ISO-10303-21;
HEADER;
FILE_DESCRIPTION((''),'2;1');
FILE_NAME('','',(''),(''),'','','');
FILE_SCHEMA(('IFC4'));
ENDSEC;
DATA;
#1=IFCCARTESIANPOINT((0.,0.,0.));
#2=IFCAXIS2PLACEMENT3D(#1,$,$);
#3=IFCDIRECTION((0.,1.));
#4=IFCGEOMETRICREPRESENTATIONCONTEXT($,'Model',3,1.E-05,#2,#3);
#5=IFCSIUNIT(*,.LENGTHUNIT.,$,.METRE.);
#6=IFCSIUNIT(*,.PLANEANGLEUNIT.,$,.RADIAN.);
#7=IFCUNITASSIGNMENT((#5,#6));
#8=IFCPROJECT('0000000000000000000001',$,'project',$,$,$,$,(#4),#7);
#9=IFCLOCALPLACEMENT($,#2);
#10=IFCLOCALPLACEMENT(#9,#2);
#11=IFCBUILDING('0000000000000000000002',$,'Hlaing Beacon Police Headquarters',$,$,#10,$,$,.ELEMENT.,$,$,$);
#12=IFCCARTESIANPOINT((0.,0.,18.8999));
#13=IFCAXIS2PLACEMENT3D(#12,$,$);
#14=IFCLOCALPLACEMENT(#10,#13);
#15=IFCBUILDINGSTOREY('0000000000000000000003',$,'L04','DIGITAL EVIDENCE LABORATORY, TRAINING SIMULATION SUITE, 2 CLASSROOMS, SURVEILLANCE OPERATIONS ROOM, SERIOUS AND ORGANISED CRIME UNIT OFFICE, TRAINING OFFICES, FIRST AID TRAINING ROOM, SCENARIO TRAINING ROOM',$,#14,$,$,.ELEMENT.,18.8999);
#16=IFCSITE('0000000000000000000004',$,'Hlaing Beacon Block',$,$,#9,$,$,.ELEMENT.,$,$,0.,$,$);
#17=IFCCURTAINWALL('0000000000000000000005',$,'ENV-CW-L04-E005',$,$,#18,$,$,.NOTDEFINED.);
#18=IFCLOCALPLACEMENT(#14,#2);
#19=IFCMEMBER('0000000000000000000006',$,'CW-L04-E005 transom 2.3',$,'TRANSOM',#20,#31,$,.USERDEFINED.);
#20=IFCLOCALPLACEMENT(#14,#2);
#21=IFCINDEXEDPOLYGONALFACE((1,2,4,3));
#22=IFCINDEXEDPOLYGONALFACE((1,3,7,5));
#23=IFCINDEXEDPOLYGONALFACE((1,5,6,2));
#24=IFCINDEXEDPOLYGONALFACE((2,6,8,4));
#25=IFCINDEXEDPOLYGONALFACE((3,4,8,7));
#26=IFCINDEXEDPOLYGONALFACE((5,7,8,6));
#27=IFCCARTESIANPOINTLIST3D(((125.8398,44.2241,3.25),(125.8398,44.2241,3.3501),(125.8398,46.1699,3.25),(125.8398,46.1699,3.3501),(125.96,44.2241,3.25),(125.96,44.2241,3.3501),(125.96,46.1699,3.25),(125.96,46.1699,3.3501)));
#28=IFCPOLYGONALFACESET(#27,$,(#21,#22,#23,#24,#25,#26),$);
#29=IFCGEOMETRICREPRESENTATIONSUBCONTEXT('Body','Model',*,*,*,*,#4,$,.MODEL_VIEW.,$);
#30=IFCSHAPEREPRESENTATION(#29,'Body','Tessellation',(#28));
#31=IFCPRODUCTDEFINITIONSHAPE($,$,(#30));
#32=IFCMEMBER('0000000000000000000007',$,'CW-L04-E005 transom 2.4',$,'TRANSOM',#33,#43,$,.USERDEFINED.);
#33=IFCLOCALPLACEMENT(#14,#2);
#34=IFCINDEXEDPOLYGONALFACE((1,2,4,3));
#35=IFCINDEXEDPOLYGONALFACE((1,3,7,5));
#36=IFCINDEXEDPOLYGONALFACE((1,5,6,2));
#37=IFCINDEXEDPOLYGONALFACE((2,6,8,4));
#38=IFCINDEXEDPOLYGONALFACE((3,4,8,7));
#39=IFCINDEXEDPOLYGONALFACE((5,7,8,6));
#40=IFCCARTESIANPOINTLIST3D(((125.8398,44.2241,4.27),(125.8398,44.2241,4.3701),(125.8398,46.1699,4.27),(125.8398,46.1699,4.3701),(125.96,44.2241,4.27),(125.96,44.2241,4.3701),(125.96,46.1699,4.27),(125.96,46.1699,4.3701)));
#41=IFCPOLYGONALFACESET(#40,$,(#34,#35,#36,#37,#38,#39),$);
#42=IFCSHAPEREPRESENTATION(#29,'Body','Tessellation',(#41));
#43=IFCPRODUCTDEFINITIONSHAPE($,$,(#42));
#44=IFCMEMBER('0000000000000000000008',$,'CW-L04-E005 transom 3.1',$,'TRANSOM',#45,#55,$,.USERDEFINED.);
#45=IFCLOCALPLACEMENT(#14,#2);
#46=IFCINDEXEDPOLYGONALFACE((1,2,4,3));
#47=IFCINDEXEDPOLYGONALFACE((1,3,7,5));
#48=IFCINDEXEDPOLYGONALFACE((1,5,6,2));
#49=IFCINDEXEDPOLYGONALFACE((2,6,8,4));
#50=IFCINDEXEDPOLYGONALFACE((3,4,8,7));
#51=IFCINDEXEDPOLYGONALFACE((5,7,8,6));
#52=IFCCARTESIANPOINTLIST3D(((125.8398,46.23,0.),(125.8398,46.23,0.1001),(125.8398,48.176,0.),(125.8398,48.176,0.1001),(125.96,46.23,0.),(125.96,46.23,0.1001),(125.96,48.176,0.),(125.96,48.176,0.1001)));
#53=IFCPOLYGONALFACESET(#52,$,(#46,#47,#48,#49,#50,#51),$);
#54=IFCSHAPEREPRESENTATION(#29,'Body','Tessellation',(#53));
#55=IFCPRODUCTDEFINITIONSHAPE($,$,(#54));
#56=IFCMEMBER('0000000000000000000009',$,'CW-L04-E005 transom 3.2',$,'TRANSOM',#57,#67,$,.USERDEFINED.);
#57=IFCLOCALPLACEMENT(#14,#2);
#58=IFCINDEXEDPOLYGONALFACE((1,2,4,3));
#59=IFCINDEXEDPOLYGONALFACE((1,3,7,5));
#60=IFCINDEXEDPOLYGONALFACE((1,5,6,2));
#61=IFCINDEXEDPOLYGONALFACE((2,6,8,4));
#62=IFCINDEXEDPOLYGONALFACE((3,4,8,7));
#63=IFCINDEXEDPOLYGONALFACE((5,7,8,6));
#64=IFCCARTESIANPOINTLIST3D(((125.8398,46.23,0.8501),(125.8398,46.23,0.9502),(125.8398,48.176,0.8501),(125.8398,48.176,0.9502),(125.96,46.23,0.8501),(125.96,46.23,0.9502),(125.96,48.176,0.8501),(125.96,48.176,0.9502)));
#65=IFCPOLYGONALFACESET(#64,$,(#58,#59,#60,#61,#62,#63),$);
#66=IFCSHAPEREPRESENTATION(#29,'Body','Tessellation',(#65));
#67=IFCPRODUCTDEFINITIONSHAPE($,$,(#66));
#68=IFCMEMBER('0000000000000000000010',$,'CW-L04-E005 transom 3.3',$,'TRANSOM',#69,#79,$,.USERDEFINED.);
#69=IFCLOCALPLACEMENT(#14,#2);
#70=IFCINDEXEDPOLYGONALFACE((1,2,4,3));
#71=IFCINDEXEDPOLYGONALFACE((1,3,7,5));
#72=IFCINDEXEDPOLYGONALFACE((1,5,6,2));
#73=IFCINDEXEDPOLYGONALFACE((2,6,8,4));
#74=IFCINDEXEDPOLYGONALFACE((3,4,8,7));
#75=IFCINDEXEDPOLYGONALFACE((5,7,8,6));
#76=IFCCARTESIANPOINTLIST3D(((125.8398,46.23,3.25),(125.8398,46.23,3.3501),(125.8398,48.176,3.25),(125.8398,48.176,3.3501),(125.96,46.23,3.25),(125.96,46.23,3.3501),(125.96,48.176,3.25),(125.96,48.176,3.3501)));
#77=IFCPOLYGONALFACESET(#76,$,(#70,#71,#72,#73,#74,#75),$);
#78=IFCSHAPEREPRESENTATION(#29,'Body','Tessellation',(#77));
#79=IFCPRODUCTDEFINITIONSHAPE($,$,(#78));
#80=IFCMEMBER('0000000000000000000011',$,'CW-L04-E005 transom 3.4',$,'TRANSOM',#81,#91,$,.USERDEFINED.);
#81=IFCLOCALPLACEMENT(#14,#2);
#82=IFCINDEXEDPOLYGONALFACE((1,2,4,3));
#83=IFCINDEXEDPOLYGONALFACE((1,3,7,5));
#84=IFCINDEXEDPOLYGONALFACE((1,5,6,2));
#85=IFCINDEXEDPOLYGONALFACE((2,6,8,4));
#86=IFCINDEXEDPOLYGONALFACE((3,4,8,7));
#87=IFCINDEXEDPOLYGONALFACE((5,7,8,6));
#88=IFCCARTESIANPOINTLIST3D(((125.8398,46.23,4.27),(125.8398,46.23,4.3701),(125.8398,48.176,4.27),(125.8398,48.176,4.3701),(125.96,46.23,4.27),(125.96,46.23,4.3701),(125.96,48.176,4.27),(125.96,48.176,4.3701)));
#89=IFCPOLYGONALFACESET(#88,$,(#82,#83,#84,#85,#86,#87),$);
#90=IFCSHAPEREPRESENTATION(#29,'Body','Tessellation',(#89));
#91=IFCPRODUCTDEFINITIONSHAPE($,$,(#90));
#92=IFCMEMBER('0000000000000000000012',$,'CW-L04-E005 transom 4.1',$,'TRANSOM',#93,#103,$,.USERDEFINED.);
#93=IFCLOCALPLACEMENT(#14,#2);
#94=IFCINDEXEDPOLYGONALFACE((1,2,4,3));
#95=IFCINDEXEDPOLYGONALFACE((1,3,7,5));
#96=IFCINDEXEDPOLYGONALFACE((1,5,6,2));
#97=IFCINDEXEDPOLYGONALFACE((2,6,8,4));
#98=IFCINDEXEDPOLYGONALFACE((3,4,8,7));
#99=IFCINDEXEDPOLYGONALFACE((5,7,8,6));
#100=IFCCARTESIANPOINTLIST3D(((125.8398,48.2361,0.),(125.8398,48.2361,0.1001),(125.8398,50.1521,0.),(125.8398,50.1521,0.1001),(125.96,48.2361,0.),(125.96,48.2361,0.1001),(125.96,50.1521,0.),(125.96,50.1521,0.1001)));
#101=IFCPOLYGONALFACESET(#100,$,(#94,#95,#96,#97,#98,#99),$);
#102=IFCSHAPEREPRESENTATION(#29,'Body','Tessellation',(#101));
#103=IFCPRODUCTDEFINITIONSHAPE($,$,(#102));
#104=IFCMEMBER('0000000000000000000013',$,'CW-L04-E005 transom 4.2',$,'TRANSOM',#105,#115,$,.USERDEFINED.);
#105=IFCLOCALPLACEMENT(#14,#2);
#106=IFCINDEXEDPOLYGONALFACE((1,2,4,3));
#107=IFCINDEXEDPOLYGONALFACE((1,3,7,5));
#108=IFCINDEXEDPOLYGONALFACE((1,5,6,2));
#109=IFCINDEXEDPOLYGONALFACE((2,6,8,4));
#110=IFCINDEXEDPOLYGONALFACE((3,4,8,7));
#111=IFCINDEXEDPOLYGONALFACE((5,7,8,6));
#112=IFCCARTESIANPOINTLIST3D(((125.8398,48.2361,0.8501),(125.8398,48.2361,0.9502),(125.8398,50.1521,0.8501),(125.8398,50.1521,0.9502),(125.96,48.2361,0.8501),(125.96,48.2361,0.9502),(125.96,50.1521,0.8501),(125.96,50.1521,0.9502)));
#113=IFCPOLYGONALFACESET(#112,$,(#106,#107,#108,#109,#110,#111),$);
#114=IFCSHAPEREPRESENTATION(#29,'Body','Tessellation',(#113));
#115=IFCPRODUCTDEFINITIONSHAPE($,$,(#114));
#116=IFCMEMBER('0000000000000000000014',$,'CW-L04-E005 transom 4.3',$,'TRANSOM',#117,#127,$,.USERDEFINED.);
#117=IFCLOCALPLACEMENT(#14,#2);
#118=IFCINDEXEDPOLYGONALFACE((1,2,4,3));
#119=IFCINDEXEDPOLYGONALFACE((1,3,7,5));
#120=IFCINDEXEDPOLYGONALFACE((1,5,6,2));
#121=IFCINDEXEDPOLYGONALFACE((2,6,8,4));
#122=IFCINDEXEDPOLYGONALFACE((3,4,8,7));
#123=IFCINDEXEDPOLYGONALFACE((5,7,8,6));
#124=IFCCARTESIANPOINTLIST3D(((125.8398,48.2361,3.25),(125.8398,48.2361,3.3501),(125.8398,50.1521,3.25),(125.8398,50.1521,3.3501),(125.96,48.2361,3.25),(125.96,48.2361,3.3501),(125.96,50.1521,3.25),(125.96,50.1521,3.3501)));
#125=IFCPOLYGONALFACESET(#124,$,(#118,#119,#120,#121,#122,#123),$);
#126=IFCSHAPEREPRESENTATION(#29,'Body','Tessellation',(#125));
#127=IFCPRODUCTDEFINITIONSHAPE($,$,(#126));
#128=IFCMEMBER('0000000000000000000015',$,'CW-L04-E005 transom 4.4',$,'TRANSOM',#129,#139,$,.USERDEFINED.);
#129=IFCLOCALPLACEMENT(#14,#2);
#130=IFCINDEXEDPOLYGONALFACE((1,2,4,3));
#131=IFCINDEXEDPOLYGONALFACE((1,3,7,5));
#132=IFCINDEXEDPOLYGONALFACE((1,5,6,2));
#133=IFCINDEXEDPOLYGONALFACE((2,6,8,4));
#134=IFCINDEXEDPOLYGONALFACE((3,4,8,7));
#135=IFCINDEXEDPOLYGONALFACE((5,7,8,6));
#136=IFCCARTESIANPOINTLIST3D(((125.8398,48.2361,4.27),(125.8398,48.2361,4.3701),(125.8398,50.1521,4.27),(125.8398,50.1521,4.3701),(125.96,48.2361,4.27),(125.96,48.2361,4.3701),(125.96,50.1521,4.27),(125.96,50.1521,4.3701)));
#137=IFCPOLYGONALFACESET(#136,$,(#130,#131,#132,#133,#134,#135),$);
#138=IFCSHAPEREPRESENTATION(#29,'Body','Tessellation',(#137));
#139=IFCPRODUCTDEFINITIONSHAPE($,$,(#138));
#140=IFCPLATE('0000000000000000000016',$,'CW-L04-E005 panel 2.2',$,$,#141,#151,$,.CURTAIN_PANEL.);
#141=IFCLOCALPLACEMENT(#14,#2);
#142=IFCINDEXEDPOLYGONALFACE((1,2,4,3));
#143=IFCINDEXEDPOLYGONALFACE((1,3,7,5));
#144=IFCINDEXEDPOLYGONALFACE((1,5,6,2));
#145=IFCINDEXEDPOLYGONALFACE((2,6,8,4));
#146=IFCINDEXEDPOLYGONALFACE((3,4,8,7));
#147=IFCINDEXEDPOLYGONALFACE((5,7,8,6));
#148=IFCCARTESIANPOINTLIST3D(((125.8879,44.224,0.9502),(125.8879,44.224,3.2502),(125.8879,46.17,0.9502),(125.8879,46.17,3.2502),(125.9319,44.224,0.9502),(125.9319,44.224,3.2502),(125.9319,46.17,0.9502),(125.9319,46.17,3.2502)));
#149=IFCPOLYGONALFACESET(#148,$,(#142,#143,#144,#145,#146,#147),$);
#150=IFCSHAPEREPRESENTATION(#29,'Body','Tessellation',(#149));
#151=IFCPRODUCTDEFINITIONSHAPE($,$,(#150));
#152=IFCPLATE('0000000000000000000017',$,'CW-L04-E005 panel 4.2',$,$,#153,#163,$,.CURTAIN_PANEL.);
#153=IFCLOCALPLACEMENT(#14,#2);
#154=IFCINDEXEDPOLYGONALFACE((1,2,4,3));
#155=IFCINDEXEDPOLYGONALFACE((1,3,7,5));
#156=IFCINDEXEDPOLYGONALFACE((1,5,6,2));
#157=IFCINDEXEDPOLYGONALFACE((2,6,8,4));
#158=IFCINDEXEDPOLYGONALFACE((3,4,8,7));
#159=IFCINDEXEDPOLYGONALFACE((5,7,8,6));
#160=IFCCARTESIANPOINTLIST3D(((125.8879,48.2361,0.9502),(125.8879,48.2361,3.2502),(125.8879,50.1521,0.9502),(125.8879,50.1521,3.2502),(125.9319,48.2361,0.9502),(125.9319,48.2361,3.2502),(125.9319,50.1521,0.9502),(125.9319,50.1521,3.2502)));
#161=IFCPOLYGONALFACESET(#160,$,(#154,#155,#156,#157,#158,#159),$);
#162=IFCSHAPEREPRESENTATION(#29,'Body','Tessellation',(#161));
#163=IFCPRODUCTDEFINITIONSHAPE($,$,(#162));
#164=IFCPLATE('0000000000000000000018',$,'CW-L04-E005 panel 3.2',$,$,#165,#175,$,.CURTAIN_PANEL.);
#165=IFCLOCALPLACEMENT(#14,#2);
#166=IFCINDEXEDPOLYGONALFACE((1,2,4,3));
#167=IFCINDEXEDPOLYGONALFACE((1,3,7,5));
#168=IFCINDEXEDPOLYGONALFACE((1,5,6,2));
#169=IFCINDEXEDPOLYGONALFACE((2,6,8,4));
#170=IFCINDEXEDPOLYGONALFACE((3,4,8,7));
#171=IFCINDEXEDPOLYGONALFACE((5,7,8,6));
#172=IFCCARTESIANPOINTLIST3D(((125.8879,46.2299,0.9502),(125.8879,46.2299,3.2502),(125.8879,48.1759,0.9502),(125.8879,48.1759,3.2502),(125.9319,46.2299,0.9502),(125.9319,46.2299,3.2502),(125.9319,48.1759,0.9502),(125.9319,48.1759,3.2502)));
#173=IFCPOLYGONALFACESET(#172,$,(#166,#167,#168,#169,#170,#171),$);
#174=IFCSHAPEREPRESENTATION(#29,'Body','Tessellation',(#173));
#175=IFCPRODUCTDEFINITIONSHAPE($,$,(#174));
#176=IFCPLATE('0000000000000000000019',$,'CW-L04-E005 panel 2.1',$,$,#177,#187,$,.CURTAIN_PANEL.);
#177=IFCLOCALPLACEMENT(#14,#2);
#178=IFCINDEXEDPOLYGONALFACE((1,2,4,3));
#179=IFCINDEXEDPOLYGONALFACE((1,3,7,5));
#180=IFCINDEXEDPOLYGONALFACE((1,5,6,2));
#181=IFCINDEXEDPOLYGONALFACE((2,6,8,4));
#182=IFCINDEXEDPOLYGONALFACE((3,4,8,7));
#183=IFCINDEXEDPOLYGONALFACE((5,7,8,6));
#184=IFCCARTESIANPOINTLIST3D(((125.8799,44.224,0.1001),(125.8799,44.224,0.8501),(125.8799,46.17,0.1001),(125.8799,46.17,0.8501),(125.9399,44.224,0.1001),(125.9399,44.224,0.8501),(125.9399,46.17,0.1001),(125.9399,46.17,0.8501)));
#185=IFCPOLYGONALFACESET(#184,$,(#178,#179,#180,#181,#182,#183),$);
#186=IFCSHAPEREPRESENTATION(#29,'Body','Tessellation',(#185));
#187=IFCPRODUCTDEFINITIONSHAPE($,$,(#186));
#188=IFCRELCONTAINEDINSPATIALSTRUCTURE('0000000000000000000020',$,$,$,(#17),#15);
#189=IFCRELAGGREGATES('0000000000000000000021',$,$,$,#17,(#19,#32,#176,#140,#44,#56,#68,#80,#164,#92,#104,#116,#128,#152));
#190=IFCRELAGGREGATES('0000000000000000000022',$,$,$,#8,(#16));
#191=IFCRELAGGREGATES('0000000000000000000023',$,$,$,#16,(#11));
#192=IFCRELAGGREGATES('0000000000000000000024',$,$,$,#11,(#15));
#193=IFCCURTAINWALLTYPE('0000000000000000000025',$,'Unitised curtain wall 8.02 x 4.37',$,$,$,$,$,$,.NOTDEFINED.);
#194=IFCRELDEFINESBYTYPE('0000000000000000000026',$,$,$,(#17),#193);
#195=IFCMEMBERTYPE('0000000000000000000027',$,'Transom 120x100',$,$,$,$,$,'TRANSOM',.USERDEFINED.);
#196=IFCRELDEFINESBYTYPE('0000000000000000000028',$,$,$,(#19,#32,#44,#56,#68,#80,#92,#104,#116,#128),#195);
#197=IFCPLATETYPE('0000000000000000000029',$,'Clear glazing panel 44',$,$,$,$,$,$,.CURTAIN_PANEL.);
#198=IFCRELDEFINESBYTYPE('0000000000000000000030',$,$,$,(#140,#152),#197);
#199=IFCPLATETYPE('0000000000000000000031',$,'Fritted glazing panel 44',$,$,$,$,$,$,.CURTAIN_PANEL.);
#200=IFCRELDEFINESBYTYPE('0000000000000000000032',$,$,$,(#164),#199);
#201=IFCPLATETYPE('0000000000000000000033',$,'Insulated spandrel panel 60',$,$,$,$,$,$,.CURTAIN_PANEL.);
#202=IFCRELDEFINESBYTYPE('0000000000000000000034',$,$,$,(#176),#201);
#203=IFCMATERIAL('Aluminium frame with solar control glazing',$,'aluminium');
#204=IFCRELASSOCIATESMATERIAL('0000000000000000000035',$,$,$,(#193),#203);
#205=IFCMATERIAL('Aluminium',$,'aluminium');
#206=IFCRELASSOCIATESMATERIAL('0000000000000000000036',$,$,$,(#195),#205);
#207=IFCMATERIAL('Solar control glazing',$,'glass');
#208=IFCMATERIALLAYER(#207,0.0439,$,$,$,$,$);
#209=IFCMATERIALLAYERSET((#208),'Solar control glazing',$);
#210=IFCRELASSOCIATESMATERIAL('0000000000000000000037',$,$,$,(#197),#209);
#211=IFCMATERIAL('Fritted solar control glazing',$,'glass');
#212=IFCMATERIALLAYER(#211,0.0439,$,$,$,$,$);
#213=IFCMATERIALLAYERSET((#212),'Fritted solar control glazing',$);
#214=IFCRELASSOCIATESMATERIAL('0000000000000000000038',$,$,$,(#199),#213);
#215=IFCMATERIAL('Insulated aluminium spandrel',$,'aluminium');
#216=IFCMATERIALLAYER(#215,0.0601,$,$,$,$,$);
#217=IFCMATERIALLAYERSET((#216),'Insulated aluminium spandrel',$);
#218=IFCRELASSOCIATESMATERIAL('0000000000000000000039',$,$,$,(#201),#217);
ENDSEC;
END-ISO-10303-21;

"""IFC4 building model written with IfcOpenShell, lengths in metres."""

from ifc_helpers import new_model, si_unit, direction, frame, origin, origin_2d, place, context, subcontext, project, spatial, rectangle, extrude, material, layer, layer_set, material_profile, profile_set, type_object, element, aggregate, save


model = new_model("IFC4")

# Units and contexts
model_context = context("Model", 3, precision=1e-05, world=origin(), true_north=direction((0.0, 1.0)))
body_context = subcontext(model_context, "Body", "Model", "MODEL_VIEW")
ifc_project = project(units=[si_unit("LENGTHUNIT", "METRE"), si_unit("PLANEANGLEUNIT", "RADIAN")], contexts=[model_context])

# Site, building, storey
site_placement = place(None, origin())
site = spatial("IfcSite", under=ifc_project, at=site_placement, Name="Hlaing Beacon Block", CompositionType="ELEMENT", RefElevation=0.0)
building_placement = place(site_placement, origin())
building = spatial("IfcBuilding", under=site, at=building_placement, Name="Hlaing Beacon Police Headquarters", CompositionType="ELEMENT")
storey_placement = place(building_placement, frame((0.0, 0.0, 18.8999)))
storey = spatial("IfcBuildingStorey", under=building, at=storey_placement, Name="L04", Description="DIGITAL EVIDENCE LABORATORY, TRAINING SIMULATION SUITE, 2 CLASSROOMS, SURVEILLANCE OPERATIONS ROOM, SERIOUS AND ORGANISED CRIME UNIT OFFICE, TRAINING OFFICES, FIRST AID TRAINING ROOM, SCENARIO TRAINING ROOM", CompositionType="ELEMENT", Elevation=18.8999)

# Curtain wall, members, plates
ifc_material_1 = material(Name="Aluminium frame with solar control glazing", Category="aluminium")
curtain_wall_type = type_object("IfcCurtainWallType", Name="Unitised curtain wall 8.02 x 4.37", PredefinedType="NOTDEFINED", material=ifc_material_1)
curtain_wall_placement = place(storey_placement, origin())
curtain_wall = element("IfcCurtainWall", 1, at=curtain_wall_placement, inside=storey, type_object=curtain_wall_type, Name="ENV-CW-L04-E005", PredefinedType="NOTDEFINED")
ifc_material_2 = material(Name="Aluminium", Category="aluminium")
ifc_material_profile_1 = material_profile(ifc_material_2, rectangle(XDim=0.1201, YDim=0.1001, at=origin_2d()), Name="Transom 120x100")
ifc_profile_set_1 = profile_set([ifc_material_profile_1], Name="Aluminium")
member_type_1 = type_object("IfcMemberType", Name="Transom 120x100", ElementType="TRANSOM", PredefinedType="USERDEFINED", material=ifc_profile_set_1)
member_1_placement = place(storey_placement, frame((125.8999, 44.2241, 3.3), z_axis=(0.0, 1.0, 0.0), x_axis=(-1.0, 0.0, 0.0)))
member_1 = element("IfcMember", 2, at=member_1_placement, type_object=member_type_1, Name="CW-L04-E005 transom 2.3", ObjectType="TRANSOM", PredefinedType="USERDEFINED", context=body_context, shape_type="SweptSolid", body=[
    extrude(rectangle(XDim=0.1201, YDim=0.1001, at=origin_2d()), origin(), (0.0, 0.0, 1.0), 1.9458),
])
member_2_placement = place(storey_placement, frame((125.8999, 44.2241, 4.3201), z_axis=(0.0, 1.0, 0.0), x_axis=(-1.0, 0.0, 0.0)))
member_2 = element("IfcMember", 3, at=member_2_placement, type_object=member_type_1, Name="CW-L04-E005 transom 2.4", ObjectType="TRANSOM", PredefinedType="USERDEFINED", context=body_context, shape_type="SweptSolid", body=[
    extrude(rectangle(XDim=0.1201, YDim=0.1001, at=origin_2d()), origin(), (0.0, 0.0, 1.0), 1.9458),
])
member_3_placement = place(storey_placement, frame((125.8999, 46.23, 0.05), z_axis=(0.0, 1.0, 0.0), x_axis=(-1.0, 0.0, 0.0)))
member_3 = element("IfcMember", 4, at=member_3_placement, type_object=member_type_1, Name="CW-L04-E005 transom 3.1", ObjectType="TRANSOM", PredefinedType="USERDEFINED", context=body_context, shape_type="SweptSolid", body=[
    extrude(rectangle(XDim=0.1201, YDim=0.1001, at=origin_2d()), origin(), (0.0, 0.0, 1.0), 1.946),
])
member_4_placement = place(storey_placement, frame((125.8999, 46.23, 0.9001), z_axis=(0.0, 1.0, 0.0), x_axis=(-1.0, 0.0, 0.0)))
member_4 = element("IfcMember", 5, at=member_4_placement, type_object=member_type_1, Name="CW-L04-E005 transom 3.2", ObjectType="TRANSOM", PredefinedType="USERDEFINED", context=body_context, shape_type="SweptSolid", body=[
    extrude(rectangle(XDim=0.1201, YDim=0.1001, at=origin_2d()), origin(), (0.0, 0.0, 1.0), 1.946),
])
member_5_placement = place(storey_placement, frame((125.8999, 46.23, 3.3), z_axis=(0.0, 1.0, 0.0), x_axis=(-1.0, 0.0, 0.0)))
member_5 = element("IfcMember", 6, at=member_5_placement, type_object=member_type_1, Name="CW-L04-E005 transom 3.3", ObjectType="TRANSOM", PredefinedType="USERDEFINED", context=body_context, shape_type="SweptSolid", body=[
    extrude(rectangle(XDim=0.1201, YDim=0.1001, at=origin_2d()), origin(), (0.0, 0.0, 1.0), 1.946),
])
member_6_placement = place(storey_placement, frame((125.8999, 46.23, 4.3201), z_axis=(0.0, 1.0, 0.0), x_axis=(-1.0, 0.0, 0.0)))
member_6 = element("IfcMember", 7, at=member_6_placement, type_object=member_type_1, Name="CW-L04-E005 transom 3.4", ObjectType="TRANSOM", PredefinedType="USERDEFINED", context=body_context, shape_type="SweptSolid", body=[
    extrude(rectangle(XDim=0.1201, YDim=0.1001, at=origin_2d()), origin(), (0.0, 0.0, 1.0), 1.946),
])
member_7_placement = place(storey_placement, frame((125.8999, 48.2361, 0.05), z_axis=(0.0, 1.0, 0.0), x_axis=(-1.0, 0.0, 0.0)))
member_7 = element("IfcMember", 8, at=member_7_placement, type_object=member_type_1, Name="CW-L04-E005 transom 4.1", ObjectType="TRANSOM", PredefinedType="USERDEFINED", context=body_context, shape_type="SweptSolid", body=[
    extrude(rectangle(XDim=0.1201, YDim=0.1001, at=origin_2d()), origin(), (0.0, 0.0, 1.0), 1.916),
])
member_8_placement = place(storey_placement, frame((125.8999, 48.2361, 0.9001), z_axis=(0.0, 1.0, 0.0), x_axis=(-1.0, 0.0, 0.0)))
member_8 = element("IfcMember", 9, at=member_8_placement, type_object=member_type_1, Name="CW-L04-E005 transom 4.2", ObjectType="TRANSOM", PredefinedType="USERDEFINED", context=body_context, shape_type="SweptSolid", body=[
    extrude(rectangle(XDim=0.1201, YDim=0.1001, at=origin_2d()), origin(), (0.0, 0.0, 1.0), 1.916),
])
member_9_placement = place(storey_placement, frame((125.8999, 48.2361, 3.3), z_axis=(0.0, 1.0, 0.0), x_axis=(-1.0, 0.0, 0.0)))
member_9 = element("IfcMember", 10, at=member_9_placement, type_object=member_type_1, Name="CW-L04-E005 transom 4.3", ObjectType="TRANSOM", PredefinedType="USERDEFINED", context=body_context, shape_type="SweptSolid", body=[
    extrude(rectangle(XDim=0.1201, YDim=0.1001, at=origin_2d()), origin(), (0.0, 0.0, 1.0), 1.916),
])
member_10_placement = place(storey_placement, frame((125.8999, 48.2361, 4.3201), z_axis=(0.0, 1.0, 0.0), x_axis=(-1.0, 0.0, 0.0)))
member_10 = element("IfcMember", 11, at=member_10_placement, type_object=member_type_1, Name="CW-L04-E005 transom 4.4", ObjectType="TRANSOM", PredefinedType="USERDEFINED", context=body_context, shape_type="SweptSolid", body=[
    extrude(rectangle(XDim=0.1201, YDim=0.1001, at=origin_2d()), origin(), (0.0, 0.0, 1.0), 1.916),
])
ifc_material_3 = material(Name="Solar control glazing", Category="glass")
ifc_layer_1 = layer(ifc_material_3, 0.0439)
ifc_layer_set_1 = layer_set([ifc_layer_1], Name="Solar control glazing")
plate_type_1 = type_object("IfcPlateType", Name="Clear glazing panel 44", PredefinedType="CURTAIN_PANEL", material=ifc_layer_set_1)
plate_1_placement = place(storey_placement, frame((125.9099, 45.197, 0.9502), z_axis=(0.0, 0.0, 1.0), x_axis=(0.0, 1.0, 0.0)))
plate_1 = element("IfcPlate", 12, at=plate_1_placement, type_object=plate_type_1, Name="CW-L04-E005 panel 2.2", PredefinedType="CURTAIN_PANEL", context=body_context, shape_type="SweptSolid", body=[
    extrude(rectangle(XDim=1.946, YDim=0.0439, at=origin_2d()), origin(), (0.0, 0.0, 1.0), 2.3),
])
plate_2_placement = place(storey_placement, frame((125.9099, 49.1941, 0.9502), z_axis=(0.0, 0.0, 1.0), x_axis=(0.0, 1.0, 0.0)))
plate_2 = element("IfcPlate", 13, at=plate_2_placement, type_object=plate_type_1, Name="CW-L04-E005 panel 4.2", PredefinedType="CURTAIN_PANEL", context=body_context, shape_type="SweptSolid", body=[
    extrude(rectangle(XDim=1.916, YDim=0.0439, at=origin_2d()), origin(), (0.0, 0.0, 1.0), 2.3),
])
ifc_material_4 = material(Name="Fritted solar control glazing", Category="glass")
ifc_layer_2 = layer(ifc_material_4, 0.0439)
ifc_layer_set_2 = layer_set([ifc_layer_2], Name="Fritted solar control glazing")
plate_type_2 = type_object("IfcPlateType", Name="Fritted glazing panel 44", PredefinedType="CURTAIN_PANEL", material=ifc_layer_set_2)
plate_3_placement = place(storey_placement, frame((125.9099, 47.2029, 0.9502), z_axis=(0.0, 0.0, 1.0), x_axis=(0.0, 1.0, 0.0)))
plate_3 = element("IfcPlate", 14, at=plate_3_placement, type_object=plate_type_2, Name="CW-L04-E005 panel 3.2", PredefinedType="CURTAIN_PANEL", context=body_context, shape_type="SweptSolid", body=[
    extrude(rectangle(XDim=1.946, YDim=0.0439, at=origin_2d()), origin(), (0.0, 0.0, 1.0), 2.3),
])
ifc_material_5 = material(Name="Insulated aluminium spandrel", Category="aluminium")
ifc_layer_3 = layer(ifc_material_5, 0.0601)
ifc_layer_set_3 = layer_set([ifc_layer_3], Name="Insulated aluminium spandrel")
plate_type_3 = type_object("IfcPlateType", Name="Insulated spandrel panel 60", PredefinedType="CURTAIN_PANEL", material=ifc_layer_set_3)
plate_4_placement = place(storey_placement, frame((125.9099, 45.197, 0.1001), z_axis=(0.0, 0.0, 1.0), x_axis=(0.0, 1.0, 0.0)))
plate_4 = element("IfcPlate", 15, at=plate_4_placement, type_object=plate_type_3, Name="CW-L04-E005 panel 2.1", PredefinedType="CURTAIN_PANEL", context=body_context, shape_type="SweptSolid", body=[
    extrude(rectangle(XDim=1.946, YDim=0.0601, at=origin_2d()), origin(), (0.0, 0.0, 1.0), 0.75),
])
aggregate(curtain_wall, [member_1, member_2, plate_4, plate_1, member_3, member_4, member_5, member_6, plate_3, member_7, member_8, member_9, member_10, plate_2])

save(model, "model.ifc")
